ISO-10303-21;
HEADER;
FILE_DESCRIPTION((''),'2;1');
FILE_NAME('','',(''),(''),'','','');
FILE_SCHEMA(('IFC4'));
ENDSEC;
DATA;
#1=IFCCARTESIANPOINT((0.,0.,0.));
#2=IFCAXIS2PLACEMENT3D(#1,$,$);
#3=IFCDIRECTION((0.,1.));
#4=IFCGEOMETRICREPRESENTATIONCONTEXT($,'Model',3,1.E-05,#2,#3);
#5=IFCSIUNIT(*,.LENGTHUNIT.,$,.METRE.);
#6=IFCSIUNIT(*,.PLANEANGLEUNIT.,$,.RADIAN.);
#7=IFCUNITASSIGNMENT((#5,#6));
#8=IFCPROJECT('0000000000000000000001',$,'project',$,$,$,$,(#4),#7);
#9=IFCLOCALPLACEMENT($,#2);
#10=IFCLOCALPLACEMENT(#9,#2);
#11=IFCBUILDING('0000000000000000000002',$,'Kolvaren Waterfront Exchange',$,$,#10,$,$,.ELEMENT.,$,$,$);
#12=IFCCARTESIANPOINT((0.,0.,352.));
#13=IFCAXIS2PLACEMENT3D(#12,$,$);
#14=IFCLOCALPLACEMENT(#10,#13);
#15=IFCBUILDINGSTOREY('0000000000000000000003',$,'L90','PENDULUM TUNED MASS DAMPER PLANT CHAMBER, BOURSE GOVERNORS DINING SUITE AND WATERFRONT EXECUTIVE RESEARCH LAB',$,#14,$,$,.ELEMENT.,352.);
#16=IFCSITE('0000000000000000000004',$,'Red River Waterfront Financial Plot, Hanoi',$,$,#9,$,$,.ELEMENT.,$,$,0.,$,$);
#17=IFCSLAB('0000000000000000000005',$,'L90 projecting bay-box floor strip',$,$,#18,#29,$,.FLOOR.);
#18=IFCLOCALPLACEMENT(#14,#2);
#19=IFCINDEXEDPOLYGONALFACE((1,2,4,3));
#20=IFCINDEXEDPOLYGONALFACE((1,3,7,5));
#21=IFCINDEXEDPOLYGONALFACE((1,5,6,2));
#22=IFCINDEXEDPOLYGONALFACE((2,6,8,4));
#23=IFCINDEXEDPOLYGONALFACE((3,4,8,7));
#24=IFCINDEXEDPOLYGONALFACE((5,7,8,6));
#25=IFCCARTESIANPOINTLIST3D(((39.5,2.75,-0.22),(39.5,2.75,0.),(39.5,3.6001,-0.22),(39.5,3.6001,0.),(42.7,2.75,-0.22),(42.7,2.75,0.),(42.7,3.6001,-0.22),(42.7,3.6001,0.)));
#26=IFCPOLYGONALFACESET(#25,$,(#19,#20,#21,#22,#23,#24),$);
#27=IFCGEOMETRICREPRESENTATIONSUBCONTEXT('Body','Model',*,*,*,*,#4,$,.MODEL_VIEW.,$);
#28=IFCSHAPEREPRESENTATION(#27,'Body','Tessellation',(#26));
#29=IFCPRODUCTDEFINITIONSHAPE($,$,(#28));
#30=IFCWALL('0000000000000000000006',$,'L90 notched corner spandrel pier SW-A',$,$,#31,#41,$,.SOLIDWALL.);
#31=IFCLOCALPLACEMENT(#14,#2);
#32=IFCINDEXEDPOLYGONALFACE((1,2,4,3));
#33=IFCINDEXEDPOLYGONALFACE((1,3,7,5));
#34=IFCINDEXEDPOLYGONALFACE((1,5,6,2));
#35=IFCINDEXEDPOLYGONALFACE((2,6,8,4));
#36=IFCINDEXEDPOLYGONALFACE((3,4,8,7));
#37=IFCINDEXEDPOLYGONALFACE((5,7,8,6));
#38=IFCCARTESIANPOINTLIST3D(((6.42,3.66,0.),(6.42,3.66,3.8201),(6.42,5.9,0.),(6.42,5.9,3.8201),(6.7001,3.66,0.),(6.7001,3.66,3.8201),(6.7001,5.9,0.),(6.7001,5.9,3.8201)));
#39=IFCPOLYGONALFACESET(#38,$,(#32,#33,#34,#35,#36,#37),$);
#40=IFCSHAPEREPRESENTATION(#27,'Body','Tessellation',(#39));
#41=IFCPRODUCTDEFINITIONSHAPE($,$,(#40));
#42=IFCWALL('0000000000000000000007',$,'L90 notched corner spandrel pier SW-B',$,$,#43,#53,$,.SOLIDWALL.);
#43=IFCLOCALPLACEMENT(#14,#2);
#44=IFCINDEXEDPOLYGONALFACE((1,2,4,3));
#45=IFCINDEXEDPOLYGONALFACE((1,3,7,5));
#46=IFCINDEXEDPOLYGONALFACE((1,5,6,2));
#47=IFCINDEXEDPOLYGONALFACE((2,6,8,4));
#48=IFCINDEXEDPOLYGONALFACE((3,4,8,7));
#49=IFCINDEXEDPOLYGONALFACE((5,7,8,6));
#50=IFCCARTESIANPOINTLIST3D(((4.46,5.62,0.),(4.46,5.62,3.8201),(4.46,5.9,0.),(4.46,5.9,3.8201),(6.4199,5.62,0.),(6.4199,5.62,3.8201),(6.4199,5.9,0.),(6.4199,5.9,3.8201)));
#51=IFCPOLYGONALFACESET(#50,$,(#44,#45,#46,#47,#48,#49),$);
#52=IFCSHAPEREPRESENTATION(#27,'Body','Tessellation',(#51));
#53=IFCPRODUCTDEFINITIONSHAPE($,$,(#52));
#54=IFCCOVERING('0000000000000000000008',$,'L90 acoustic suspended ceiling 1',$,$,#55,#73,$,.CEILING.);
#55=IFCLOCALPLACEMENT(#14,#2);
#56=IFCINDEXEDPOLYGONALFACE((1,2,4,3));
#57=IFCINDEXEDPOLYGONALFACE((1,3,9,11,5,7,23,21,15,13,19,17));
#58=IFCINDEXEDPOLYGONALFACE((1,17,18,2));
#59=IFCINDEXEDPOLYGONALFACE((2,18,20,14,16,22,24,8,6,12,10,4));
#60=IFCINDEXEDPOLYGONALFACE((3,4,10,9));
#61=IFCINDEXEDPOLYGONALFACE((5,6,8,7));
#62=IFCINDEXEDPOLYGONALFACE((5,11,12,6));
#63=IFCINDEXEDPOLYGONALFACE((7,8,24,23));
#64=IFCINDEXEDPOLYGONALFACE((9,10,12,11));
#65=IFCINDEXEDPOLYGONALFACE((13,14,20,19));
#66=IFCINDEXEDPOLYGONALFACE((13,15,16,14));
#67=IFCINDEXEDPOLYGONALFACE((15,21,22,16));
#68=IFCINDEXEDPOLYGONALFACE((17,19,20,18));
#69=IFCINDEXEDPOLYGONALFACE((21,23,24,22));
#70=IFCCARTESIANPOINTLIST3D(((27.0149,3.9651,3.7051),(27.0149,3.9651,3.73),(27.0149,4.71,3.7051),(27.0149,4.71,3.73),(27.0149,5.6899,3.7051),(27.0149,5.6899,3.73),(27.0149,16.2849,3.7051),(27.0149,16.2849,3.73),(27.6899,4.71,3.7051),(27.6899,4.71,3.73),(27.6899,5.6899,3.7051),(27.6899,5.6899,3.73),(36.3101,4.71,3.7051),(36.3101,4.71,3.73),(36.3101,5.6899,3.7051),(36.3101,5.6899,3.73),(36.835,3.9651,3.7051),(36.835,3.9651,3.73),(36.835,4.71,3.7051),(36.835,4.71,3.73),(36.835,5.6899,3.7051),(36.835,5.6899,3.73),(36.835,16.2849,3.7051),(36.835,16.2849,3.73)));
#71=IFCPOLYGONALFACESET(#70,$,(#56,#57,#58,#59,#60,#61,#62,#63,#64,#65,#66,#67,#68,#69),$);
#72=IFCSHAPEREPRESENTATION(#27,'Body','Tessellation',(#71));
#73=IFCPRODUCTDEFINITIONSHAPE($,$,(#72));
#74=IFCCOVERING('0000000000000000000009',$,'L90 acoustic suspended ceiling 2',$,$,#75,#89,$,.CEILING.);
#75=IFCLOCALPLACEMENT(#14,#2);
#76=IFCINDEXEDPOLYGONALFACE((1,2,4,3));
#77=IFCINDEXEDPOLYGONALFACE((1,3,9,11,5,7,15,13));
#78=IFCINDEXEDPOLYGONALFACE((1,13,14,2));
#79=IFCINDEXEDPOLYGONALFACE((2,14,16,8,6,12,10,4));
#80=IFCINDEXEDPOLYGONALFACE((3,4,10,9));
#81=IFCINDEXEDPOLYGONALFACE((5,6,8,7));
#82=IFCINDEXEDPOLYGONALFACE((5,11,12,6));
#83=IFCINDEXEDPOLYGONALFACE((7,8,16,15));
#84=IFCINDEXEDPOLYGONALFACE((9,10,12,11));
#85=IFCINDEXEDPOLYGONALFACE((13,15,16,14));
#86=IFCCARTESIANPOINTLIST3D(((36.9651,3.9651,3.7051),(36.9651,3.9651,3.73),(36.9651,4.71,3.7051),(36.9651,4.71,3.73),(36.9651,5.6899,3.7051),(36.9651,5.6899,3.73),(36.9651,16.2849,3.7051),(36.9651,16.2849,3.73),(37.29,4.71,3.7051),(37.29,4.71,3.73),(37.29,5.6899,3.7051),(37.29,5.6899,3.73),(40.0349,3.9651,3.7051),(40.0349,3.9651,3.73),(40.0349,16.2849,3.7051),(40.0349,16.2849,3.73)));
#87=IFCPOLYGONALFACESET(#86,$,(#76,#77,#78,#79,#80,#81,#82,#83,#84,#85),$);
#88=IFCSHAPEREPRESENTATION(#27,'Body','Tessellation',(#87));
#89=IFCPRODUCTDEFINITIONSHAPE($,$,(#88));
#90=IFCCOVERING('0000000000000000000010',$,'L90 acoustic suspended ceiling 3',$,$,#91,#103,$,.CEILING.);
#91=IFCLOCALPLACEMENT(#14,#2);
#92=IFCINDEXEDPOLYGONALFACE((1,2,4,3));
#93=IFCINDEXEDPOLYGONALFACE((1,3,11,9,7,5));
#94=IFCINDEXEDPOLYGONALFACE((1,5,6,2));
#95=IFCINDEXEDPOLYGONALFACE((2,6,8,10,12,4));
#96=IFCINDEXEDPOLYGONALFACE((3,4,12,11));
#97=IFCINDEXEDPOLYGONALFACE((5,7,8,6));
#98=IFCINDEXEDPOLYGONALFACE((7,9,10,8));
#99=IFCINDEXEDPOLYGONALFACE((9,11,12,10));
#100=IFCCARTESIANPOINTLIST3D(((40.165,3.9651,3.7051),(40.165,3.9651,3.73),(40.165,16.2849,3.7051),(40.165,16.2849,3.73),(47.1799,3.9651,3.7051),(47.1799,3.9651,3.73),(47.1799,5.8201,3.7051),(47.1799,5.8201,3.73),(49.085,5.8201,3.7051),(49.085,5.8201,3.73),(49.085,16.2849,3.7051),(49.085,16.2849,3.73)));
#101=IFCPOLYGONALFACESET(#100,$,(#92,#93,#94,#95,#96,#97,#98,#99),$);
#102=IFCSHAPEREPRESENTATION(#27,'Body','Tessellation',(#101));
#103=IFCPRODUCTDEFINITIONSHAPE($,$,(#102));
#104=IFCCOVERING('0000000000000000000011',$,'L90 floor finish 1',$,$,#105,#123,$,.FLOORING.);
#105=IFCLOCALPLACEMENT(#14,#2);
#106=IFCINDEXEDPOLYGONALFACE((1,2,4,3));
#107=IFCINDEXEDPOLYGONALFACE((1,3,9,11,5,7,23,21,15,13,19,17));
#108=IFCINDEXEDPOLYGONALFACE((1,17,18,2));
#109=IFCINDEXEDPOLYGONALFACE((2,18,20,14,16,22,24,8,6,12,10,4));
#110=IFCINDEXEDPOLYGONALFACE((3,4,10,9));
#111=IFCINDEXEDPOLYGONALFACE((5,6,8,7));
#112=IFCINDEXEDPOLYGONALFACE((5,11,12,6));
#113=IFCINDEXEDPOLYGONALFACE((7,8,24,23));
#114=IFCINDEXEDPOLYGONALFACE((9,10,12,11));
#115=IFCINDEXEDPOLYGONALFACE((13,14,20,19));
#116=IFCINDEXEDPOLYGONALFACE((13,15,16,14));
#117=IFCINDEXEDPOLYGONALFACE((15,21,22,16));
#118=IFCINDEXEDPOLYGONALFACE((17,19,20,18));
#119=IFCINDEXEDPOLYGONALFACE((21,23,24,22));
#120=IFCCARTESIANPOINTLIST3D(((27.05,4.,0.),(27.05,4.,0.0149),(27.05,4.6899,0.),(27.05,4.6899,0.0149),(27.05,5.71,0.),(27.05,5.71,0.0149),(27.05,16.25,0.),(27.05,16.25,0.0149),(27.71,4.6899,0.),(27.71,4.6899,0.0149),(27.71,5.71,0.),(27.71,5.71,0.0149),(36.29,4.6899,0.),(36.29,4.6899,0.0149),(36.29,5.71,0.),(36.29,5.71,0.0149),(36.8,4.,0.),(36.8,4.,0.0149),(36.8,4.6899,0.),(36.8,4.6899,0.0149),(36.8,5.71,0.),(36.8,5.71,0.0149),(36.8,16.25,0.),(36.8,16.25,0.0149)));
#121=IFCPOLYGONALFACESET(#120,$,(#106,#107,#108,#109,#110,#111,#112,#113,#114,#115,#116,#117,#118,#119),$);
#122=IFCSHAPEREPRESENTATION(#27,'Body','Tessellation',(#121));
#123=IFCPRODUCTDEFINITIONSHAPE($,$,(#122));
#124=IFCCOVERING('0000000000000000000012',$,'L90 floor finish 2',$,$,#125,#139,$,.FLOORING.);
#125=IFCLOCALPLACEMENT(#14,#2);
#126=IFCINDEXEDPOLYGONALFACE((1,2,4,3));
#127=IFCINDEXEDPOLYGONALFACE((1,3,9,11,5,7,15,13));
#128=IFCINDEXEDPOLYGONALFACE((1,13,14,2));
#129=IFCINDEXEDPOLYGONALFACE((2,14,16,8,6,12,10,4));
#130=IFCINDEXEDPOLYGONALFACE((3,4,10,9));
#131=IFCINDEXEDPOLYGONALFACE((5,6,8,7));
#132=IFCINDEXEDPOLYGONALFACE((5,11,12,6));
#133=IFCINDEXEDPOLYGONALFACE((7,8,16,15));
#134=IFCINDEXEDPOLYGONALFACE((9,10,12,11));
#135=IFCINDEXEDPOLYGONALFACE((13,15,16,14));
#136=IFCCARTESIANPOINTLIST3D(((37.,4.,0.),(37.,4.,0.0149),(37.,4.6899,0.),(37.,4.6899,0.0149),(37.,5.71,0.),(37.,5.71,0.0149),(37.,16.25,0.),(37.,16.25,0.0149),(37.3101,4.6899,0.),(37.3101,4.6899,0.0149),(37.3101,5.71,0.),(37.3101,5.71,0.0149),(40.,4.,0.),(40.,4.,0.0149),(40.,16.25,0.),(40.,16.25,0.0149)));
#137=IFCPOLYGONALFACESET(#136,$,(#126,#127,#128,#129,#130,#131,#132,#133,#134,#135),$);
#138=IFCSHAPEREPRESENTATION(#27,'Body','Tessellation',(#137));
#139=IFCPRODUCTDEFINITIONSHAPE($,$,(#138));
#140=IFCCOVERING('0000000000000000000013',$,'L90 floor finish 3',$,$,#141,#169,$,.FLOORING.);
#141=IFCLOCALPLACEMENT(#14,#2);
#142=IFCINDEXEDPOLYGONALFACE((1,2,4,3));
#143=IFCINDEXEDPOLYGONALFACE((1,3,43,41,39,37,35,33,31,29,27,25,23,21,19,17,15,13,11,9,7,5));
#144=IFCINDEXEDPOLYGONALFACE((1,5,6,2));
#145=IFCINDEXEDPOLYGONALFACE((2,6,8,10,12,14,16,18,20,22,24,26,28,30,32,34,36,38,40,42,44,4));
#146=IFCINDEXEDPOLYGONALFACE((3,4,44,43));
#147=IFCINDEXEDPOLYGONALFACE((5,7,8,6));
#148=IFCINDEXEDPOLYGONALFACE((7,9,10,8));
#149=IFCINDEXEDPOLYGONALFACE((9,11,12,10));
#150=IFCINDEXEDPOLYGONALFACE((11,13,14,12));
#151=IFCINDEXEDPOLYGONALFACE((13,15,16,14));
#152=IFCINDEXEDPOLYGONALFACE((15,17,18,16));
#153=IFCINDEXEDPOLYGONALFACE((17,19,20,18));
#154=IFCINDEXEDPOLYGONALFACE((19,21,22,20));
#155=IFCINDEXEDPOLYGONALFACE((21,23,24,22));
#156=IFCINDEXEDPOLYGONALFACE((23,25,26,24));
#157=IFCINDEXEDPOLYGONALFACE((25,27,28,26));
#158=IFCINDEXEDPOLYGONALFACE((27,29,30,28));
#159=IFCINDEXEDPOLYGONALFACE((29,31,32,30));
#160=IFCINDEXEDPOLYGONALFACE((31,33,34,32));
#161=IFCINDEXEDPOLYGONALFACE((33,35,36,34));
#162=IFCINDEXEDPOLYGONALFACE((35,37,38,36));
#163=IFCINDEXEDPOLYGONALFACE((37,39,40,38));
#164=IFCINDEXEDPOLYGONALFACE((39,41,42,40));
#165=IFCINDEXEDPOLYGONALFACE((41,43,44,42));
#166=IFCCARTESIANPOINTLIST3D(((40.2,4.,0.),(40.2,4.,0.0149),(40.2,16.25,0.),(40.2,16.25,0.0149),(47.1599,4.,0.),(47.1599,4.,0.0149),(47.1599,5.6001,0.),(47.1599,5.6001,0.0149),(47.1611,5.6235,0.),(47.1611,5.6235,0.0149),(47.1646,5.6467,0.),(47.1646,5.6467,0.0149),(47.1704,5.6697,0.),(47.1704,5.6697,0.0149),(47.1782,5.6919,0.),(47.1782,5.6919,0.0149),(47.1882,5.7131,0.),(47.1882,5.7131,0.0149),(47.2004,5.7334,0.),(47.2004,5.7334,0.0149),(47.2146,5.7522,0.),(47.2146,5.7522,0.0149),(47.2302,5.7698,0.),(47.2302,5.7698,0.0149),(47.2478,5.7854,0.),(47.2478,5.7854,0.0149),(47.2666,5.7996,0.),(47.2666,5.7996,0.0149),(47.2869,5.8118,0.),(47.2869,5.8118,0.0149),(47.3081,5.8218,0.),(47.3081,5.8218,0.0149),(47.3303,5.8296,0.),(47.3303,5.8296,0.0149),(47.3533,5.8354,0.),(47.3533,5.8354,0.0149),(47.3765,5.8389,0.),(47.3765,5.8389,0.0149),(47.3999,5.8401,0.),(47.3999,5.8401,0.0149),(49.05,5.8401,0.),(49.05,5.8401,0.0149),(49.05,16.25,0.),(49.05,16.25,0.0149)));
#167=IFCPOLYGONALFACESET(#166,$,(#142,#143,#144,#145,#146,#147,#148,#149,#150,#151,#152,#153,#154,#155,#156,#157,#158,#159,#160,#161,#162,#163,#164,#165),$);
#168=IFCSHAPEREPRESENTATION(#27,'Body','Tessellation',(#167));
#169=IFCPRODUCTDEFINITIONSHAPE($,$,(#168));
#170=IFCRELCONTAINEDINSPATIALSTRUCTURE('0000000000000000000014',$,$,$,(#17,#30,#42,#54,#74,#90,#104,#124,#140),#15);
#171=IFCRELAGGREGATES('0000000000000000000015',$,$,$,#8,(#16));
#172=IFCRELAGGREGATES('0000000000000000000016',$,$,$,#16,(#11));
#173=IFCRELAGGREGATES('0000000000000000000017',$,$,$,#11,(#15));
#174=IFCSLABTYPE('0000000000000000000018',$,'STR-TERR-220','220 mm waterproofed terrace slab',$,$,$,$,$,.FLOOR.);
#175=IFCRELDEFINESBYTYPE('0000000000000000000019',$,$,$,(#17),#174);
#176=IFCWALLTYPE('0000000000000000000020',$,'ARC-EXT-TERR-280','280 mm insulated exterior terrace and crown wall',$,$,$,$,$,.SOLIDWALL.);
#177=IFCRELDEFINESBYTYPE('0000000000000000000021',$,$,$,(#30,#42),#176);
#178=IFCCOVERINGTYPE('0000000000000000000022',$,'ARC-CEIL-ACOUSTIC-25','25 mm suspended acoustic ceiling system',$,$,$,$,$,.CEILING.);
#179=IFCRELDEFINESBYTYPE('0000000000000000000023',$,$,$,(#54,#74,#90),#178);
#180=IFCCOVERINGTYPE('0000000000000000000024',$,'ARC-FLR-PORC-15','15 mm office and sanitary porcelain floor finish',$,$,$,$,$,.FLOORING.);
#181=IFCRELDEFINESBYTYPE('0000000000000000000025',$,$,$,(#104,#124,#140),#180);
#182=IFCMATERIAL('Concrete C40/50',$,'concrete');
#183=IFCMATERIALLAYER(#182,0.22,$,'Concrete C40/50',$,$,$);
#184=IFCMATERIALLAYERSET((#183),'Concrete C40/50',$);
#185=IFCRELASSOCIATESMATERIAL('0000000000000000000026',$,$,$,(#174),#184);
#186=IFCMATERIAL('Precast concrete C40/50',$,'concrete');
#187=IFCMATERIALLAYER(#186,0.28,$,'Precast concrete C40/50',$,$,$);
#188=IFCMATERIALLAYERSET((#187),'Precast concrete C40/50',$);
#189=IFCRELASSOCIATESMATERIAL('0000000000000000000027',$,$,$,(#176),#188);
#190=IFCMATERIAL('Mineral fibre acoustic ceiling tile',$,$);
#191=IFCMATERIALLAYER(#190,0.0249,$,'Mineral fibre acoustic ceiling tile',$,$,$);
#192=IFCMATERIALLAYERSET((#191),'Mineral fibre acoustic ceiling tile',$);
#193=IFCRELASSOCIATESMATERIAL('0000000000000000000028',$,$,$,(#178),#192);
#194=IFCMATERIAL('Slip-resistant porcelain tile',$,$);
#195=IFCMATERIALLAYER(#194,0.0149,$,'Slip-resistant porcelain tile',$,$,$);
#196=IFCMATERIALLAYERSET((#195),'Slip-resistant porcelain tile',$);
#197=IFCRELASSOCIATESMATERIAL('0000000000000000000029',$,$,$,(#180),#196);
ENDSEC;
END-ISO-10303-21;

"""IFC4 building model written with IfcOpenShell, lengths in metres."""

from ifc_helpers import new_model, si_unit, direction, frame, frame_2d, origin, place, context, subcontext, project, spatial, polyline, rectangle, outline, extrude, material, layer, layer_set, type_object, element, save


model = new_model("IFC4")

# Units and contexts
model_context = context("Model", 3, precision=1e-05, world=origin(), true_north=direction((0.0, 1.0)))
body_context = subcontext(model_context, "Body", "Model", "MODEL_VIEW")
ifc_project = project(units=[si_unit("LENGTHUNIT", "METRE"), si_unit("PLANEANGLEUNIT", "RADIAN")], contexts=[model_context])

# Site, building, storey
site_placement = place(None, origin())
site = spatial("IfcSite", under=ifc_project, at=site_placement, Name="Red River Waterfront Financial Plot, Hanoi", CompositionType="ELEMENT", RefElevation=0.0)
building_placement = place(site_placement, origin())
building = spatial("IfcBuilding", under=site, at=building_placement, Name="Kolvaren Waterfront Exchange", CompositionType="ELEMENT")
storey_placement = place(building_placement, frame((0.0, 0.0, 352.0)))
storey = spatial("IfcBuildingStorey", under=building, at=storey_placement, Name="L90", Description="PENDULUM TUNED MASS DAMPER PLANT CHAMBER, BOURSE GOVERNORS DINING SUITE AND WATERFRONT EXECUTIVE RESEARCH LAB", CompositionType="ELEMENT", Elevation=352.0)

# Shared definitions
ifc_material_1 = material(Name="Concrete C40/50", Category="concrete")

# Slab
ifc_layer_1 = layer(ifc_material_1, 0.22, Name="Concrete C40/50")
ifc_layer_set_1 = layer_set([ifc_layer_1], Name="Concrete C40/50")
slab_type_1 = type_object("IfcSlabType", Name="STR-TERR-220", Description="220 mm waterproofed terrace slab", PredefinedType="FLOOR", material=ifc_layer_set_1)
slab_1_placement = place(storey_placement, frame((0.0, 0.0, -0.22)))
element("IfcSlab", 1, at=slab_1_placement, inside=storey, type_object=slab_type_1, Name="L90 projecting bay-box floor strip", PredefinedType="FLOOR", context=body_context, shape_type="SweptSolid", body=[
    extrude(outline(polyline([(39.5, 2.75), (42.7, 2.75), (42.7, 3.6001), (39.5, 3.6001), (39.5, 2.75)])), origin(), (0.0, 0.0, 1.0), 0.22),
])

# Walls
ifc_material_2 = material(Name="Precast concrete C40/50", Category="concrete")
ifc_layer_2 = layer(ifc_material_2, 0.28, Name="Precast concrete C40/50")
ifc_layer_set_2 = layer_set([ifc_layer_2], Name="Precast concrete C40/50")
wall_type = type_object("IfcWallType", Name="ARC-EXT-TERR-280", Description="280 mm insulated exterior terrace and crown wall", PredefinedType="SOLIDWALL", material=ifc_layer_set_2)
wall_1_placement = place(storey_placement, frame((6.5601, 3.6599, 0.0), z_axis=(0.0, 0.0, 1.0), x_axis=(0.0, 1.0, 0.0)))
element("IfcWall", 2, at=wall_1_placement, inside=storey, type_object=wall_type, Name="L90 notched corner spandrel pier SW-A", PredefinedType="SOLIDWALL", context=body_context, shape_type="SweptSolid", body=[
    extrude(rectangle(XDim=2.24, YDim=0.28, at=frame_2d((1.1201, 0.0))), origin(), (0.0, 0.0, 1.0), 3.8201),
])
wall_2_placement = place(storey_placement, frame((4.46, 5.76, 0.0), z_axis=(0.0, 0.0, 1.0), x_axis=(1.0, 0.0, 0.0)))
element("IfcWall", 3, at=wall_2_placement, inside=storey, type_object=wall_type, Name="L90 notched corner spandrel pier SW-B", PredefinedType="SOLIDWALL", context=body_context, shape_type="SweptSolid", body=[
    extrude(rectangle(XDim=1.96, YDim=0.28, at=frame_2d((0.98, 0.0))), origin(), (0.0, 0.0, 1.0), 3.8201),
])

# Coverings
ifc_material_3 = material(Name="Mineral fibre acoustic ceiling tile")
ifc_layer_3 = layer(ifc_material_3, 0.0249, Name="Mineral fibre acoustic ceiling tile")
ifc_layer_set_3 = layer_set([ifc_layer_3], Name="Mineral fibre acoustic ceiling tile")
covering_type_1 = type_object("IfcCoveringType", Name="ARC-CEIL-ACOUSTIC-25", Description="25 mm suspended acoustic ceiling system", PredefinedType="CEILING", material=ifc_layer_set_3)
covering_1_placement = place(storey_placement, frame((0.0, 0.0, 3.7051)))
element("IfcCovering", 4, at=covering_1_placement, inside=storey, type_object=covering_type_1, Name="L90 acoustic suspended ceiling 1", PredefinedType="CEILING", context=body_context, shape_type="SweptSolid", body=[
    extrude(outline(polyline([(27.0149, 5.6899), (27.6899, 5.6899), (27.6899, 4.71), (27.0149, 4.71), (27.0149, 3.9651), (36.835, 3.9651), (36.835, 4.71), (36.3101, 4.71), (36.3101, 5.6899), (36.835, 5.6899), (36.835, 16.2849), (27.0149, 16.2849), (27.0149, 5.6899)])), origin(), (0.0, 0.0, 1.0), 0.0249),
])
covering_2_placement = place(storey_placement, frame((0.0, 0.0, 3.7051)))
element("IfcCovering", 5, at=covering_2_placement, inside=storey, type_object=covering_type_1, Name="L90 acoustic suspended ceiling 2", PredefinedType="CEILING", context=body_context, shape_type="SweptSolid", body=[
    extrude(outline(polyline([(36.9651, 5.6899), (37.29, 5.6899), (37.29, 4.71), (36.9651, 4.71), (36.9651, 3.9651), (40.0349, 3.9651), (40.0349, 16.2849), (36.9651, 16.2849), (36.9651, 5.6899)])), origin(), (0.0, 0.0, 1.0), 0.0249),
])
covering_3_placement = place(storey_placement, frame((0.0, 0.0, 3.7051)))
element("IfcCovering", 6, at=covering_3_placement, inside=storey, type_object=covering_type_1, Name="L90 acoustic suspended ceiling 3", PredefinedType="CEILING", context=body_context, shape_type="SweptSolid", body=[
    extrude(outline(polyline([(49.085, 5.8201), (49.085, 16.2849), (40.165, 16.2849), (40.165, 3.9651), (47.1799, 3.9651), (47.1799, 5.8201), (49.085, 5.8201)])), origin(), (0.0, 0.0, 1.0), 0.0249),
])
ifc_material_4 = material(Name="Slip-resistant porcelain tile")
ifc_layer_4 = layer(ifc_material_4, 0.0149, Name="Slip-resistant porcelain tile")
ifc_layer_set_4 = layer_set([ifc_layer_4], Name="Slip-resistant porcelain tile")
covering_type_2 = type_object("IfcCoveringType", Name="ARC-FLR-PORC-15", Description="15 mm office and sanitary porcelain floor finish", PredefinedType="FLOORING", material=ifc_layer_set_4)
covering_4_placement = place(storey_placement, origin())
element("IfcCovering", 7, at=covering_4_placement, inside=storey, type_object=covering_type_2, Name="L90 floor finish 1", PredefinedType="FLOORING", context=body_context, shape_type="SweptSolid", body=[
    extrude(outline(polyline([(27.05, 4.6899), (27.05, 4.0), (36.8, 4.0), (36.8, 4.6899), (36.29, 4.6899), (36.29, 5.71), (36.8, 5.71), (36.8, 16.25), (27.05, 16.25), (27.05, 5.71), (27.71, 5.71), (27.71, 4.6899), (27.05, 4.6899)])), origin(), (0.0, 0.0, 1.0), 0.0149),
])
covering_5_placement = place(storey_placement, origin())
element("IfcCovering", 8, at=covering_5_placement, inside=storey, type_object=covering_type_2, Name="L90 floor finish 2", PredefinedType="FLOORING", context=body_context, shape_type="SweptSolid", body=[
    extrude(outline(polyline([(37.0, 4.6899), (37.0, 4.0), (40.0, 4.0), (40.0, 16.25), (37.0, 16.25), (37.0, 5.71), (37.3101, 5.71), (37.3101, 4.6899), (37.0, 4.6899)])), origin(), (0.0, 0.0, 1.0), 0.0149),
])
covering_6_placement = place(storey_placement, origin())
element("IfcCovering", 9, at=covering_6_placement, inside=storey, type_object=covering_type_2, Name="L90 floor finish 3", PredefinedType="FLOORING", context=body_context, shape_type="SweptSolid", body=[
    extrude(outline(polyline([(40.2, 16.25), (40.2, 4.0), (47.1599, 4.0), (47.1599, 5.6001), (47.1611, 5.6235), (47.1646, 5.6467), (47.1704, 5.6697), (47.1782, 5.6919), (47.1882, 5.7131), (47.2004, 5.7334), (47.2146, 5.7522), (47.2302, 5.7698), (47.2478, 5.7854), (47.2666, 5.7996), (47.2869, 5.8118), (47.3081, 5.8218), (47.3303, 5.8296), (47.3533, 5.8354), (47.3765, 5.8389), (47.3999, 5.8401), (49.05, 5.8401), (49.05, 16.25), (40.2, 16.25)])), origin(), (0.0, 0.0, 1.0), 0.0149),
])

save(model, "model.ifc")
